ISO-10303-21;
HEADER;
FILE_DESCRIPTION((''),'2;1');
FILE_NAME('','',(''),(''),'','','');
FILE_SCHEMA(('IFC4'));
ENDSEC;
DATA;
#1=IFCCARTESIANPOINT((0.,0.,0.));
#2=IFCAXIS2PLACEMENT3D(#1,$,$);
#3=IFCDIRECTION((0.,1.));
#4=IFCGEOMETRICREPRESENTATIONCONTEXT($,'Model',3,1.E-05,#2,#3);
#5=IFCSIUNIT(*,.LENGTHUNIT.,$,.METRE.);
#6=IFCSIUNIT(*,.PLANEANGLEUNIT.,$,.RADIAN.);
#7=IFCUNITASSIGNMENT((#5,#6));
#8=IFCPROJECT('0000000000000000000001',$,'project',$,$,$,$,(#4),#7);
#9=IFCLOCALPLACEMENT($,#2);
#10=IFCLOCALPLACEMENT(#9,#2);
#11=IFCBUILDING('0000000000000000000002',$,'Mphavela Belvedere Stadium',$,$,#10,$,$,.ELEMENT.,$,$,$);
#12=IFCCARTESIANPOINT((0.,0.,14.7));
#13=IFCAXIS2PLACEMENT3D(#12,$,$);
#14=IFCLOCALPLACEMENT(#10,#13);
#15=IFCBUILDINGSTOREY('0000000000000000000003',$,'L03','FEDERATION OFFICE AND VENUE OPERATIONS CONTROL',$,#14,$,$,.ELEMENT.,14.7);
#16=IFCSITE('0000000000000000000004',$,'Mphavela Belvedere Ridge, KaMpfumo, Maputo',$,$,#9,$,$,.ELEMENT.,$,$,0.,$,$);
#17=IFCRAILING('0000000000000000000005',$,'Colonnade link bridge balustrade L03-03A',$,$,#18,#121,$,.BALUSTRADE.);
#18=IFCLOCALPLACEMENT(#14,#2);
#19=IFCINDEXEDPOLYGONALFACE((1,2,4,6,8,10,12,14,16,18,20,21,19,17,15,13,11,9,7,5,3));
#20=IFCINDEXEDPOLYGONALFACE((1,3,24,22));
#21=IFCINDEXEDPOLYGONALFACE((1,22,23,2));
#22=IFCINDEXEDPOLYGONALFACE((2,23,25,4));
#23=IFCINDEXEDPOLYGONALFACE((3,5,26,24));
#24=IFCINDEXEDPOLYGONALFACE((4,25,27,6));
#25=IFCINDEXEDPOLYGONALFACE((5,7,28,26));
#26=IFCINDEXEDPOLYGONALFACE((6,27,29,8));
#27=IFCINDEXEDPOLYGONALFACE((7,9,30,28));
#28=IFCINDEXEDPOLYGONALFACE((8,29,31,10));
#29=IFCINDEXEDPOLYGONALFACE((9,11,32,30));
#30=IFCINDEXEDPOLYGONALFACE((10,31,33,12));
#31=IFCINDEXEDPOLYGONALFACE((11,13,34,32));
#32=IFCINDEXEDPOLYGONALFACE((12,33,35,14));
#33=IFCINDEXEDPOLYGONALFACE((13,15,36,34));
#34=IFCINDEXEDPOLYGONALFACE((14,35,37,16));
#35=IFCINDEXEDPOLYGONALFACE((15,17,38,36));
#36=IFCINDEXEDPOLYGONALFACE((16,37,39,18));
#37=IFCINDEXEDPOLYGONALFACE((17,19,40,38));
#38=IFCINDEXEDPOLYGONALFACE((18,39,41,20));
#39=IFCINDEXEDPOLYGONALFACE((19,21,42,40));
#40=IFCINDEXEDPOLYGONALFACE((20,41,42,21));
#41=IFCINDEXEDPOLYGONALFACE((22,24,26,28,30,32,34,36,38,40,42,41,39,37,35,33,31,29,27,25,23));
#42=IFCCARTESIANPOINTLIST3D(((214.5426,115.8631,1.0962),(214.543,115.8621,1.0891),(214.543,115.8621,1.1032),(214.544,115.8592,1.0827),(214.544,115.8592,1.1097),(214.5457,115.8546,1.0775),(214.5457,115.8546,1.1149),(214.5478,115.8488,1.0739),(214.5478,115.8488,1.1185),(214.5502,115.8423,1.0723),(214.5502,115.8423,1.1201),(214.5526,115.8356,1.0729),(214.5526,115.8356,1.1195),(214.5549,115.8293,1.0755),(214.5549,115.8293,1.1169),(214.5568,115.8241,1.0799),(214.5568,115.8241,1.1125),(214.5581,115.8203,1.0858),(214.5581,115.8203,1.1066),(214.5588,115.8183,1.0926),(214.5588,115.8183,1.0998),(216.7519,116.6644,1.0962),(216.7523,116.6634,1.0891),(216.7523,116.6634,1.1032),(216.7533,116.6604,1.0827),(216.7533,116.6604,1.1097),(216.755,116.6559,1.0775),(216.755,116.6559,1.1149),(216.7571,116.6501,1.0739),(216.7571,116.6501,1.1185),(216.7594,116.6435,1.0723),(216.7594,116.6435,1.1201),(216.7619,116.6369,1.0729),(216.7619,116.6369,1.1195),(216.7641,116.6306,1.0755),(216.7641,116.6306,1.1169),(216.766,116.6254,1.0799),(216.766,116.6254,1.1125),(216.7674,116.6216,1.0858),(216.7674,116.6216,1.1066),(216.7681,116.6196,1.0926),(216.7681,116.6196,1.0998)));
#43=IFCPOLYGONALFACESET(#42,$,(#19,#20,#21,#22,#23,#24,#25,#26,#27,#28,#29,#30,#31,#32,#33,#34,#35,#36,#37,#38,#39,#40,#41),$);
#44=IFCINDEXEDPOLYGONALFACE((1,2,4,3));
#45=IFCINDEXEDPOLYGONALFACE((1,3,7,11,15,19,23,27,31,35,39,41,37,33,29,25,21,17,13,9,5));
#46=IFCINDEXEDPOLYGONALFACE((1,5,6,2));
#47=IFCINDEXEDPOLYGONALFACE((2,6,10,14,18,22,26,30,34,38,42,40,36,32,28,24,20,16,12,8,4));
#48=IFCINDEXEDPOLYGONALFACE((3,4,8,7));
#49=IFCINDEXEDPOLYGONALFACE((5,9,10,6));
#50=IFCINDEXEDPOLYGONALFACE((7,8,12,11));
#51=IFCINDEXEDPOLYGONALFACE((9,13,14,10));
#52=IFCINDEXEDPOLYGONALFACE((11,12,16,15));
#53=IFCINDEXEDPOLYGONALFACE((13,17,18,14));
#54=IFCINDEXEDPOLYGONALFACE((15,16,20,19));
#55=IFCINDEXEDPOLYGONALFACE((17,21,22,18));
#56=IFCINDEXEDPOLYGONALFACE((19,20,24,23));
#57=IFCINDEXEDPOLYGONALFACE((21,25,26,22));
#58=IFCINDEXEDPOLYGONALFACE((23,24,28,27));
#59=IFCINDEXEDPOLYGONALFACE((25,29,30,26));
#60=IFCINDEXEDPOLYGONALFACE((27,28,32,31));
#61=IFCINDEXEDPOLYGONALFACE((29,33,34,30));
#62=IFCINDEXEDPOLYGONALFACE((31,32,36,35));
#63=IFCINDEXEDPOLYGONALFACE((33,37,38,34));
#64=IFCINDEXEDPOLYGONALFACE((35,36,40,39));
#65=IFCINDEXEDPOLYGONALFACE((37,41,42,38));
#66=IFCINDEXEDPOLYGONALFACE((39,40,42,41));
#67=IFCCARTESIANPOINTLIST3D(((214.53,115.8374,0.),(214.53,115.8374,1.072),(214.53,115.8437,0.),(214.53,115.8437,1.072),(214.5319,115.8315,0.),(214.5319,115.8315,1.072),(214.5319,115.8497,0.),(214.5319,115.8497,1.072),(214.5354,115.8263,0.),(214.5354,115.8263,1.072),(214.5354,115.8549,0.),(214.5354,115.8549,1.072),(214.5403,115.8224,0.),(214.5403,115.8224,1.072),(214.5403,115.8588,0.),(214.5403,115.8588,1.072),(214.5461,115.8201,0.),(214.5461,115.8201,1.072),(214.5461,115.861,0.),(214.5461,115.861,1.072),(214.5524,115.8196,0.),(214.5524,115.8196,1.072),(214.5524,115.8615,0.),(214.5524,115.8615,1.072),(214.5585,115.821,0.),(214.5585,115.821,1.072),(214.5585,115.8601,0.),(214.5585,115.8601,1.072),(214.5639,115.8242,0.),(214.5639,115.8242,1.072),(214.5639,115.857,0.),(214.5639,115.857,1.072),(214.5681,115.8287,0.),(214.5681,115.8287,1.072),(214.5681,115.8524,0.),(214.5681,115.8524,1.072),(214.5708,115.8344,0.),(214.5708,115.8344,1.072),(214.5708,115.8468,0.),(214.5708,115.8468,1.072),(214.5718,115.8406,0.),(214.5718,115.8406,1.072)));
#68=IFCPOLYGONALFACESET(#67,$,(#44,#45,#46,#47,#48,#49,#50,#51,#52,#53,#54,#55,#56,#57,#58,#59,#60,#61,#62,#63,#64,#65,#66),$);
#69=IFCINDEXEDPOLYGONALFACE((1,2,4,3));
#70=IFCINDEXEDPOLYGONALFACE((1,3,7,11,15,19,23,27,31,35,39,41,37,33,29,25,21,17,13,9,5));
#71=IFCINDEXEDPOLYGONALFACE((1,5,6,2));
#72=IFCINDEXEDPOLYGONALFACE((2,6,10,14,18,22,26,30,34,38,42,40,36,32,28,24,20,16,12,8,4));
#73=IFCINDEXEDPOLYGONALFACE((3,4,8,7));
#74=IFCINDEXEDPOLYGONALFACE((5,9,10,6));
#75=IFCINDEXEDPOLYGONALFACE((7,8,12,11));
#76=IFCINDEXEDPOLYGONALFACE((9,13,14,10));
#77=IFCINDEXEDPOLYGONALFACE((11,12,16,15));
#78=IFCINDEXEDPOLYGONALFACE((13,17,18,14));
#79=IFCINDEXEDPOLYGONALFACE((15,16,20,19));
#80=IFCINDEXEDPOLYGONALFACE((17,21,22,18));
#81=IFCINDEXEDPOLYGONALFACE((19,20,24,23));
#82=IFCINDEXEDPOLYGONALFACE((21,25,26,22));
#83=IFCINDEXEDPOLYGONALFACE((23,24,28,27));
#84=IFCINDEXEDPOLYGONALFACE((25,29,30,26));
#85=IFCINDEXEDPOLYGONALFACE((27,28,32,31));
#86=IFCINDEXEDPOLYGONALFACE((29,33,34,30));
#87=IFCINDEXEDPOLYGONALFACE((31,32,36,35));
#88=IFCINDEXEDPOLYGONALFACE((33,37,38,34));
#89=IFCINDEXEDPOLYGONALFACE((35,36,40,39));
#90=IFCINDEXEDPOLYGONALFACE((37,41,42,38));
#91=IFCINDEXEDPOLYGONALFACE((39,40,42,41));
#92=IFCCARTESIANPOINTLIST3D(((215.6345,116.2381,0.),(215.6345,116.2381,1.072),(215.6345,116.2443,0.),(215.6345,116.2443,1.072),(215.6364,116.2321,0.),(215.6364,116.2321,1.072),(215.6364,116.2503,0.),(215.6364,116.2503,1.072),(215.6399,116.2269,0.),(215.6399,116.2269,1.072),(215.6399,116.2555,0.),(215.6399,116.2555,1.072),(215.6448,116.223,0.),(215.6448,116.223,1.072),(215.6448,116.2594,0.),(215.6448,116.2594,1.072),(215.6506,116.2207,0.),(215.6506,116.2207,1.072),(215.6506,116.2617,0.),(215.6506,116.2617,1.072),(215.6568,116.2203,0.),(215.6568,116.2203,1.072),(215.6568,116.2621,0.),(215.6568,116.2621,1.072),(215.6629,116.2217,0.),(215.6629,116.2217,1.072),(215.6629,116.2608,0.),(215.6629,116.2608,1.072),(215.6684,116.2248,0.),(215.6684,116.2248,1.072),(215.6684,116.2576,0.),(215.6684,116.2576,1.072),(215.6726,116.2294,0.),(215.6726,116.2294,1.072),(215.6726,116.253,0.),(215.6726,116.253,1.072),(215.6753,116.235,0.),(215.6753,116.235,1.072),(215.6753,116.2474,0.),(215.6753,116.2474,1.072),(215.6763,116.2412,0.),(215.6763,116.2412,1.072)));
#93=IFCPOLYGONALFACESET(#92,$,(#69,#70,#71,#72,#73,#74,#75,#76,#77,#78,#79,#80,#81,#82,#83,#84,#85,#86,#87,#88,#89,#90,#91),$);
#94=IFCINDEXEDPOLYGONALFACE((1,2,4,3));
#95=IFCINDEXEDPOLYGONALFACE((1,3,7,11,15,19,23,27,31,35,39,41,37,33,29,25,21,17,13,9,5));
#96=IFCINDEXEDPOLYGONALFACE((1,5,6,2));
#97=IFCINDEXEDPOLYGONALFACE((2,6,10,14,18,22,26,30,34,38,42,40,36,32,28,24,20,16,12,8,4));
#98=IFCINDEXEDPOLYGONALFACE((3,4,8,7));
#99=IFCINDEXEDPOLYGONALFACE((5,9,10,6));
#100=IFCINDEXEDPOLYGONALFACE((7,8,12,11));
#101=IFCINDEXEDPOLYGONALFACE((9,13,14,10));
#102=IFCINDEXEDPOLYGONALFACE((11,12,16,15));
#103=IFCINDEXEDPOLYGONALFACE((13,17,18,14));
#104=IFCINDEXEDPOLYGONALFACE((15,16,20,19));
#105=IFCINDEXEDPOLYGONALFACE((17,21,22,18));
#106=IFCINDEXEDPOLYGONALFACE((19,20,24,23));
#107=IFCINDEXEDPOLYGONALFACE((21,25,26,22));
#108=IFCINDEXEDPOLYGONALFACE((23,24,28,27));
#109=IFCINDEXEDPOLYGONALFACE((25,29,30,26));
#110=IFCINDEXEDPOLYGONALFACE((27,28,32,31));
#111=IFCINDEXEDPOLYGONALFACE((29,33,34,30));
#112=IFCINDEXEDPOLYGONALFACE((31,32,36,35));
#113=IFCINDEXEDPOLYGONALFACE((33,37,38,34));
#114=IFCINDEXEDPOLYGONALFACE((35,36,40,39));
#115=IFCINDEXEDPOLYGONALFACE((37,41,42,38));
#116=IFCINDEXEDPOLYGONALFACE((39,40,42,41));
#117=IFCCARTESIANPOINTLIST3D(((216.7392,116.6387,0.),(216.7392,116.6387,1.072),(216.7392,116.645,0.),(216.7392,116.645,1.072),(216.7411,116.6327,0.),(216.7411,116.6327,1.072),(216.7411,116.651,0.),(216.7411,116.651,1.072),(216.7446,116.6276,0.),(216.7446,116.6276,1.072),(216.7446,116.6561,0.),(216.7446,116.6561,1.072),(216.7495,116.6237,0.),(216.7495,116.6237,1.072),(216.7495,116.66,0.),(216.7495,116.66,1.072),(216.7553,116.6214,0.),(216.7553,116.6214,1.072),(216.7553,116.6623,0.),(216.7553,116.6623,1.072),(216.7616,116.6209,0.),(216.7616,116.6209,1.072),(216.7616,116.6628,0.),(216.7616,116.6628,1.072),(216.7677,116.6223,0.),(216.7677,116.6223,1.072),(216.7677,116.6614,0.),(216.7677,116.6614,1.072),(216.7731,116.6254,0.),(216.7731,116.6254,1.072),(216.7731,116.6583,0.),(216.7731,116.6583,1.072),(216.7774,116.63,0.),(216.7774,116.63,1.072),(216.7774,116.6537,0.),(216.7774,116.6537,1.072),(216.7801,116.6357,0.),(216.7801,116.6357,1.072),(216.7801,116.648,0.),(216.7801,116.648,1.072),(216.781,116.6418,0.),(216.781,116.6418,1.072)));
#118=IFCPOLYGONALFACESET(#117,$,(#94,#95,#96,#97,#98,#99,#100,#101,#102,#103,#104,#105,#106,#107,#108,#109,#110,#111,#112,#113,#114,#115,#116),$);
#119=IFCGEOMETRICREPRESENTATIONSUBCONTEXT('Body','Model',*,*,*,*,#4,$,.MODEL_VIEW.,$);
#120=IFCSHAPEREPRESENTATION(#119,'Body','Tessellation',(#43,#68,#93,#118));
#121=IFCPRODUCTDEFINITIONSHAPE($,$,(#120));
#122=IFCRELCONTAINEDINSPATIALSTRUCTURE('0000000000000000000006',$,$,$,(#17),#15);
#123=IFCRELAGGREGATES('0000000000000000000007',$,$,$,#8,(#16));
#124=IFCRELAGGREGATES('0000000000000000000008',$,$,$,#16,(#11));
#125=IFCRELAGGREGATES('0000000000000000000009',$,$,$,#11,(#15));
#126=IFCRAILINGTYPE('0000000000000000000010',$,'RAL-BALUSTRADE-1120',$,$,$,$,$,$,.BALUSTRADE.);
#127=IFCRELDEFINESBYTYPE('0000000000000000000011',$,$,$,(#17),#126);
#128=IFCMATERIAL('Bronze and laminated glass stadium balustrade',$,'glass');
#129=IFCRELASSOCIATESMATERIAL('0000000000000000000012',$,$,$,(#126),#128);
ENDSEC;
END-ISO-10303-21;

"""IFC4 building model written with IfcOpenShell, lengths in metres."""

from ifc_helpers import new_model, si_unit, direction, frame, origin, origin_2d, place, context, subcontext, project, spatial, circle, extrude, material, type_object, element, save


model = new_model("IFC4")

# Units and contexts
model_context = context("Model", 3, precision=1e-05, world=origin(), true_north=direction((0.0, 1.0)))
body_context = subcontext(model_context, "Body", "Model", "MODEL_VIEW")
ifc_project = project(units=[si_unit("LENGTHUNIT", "METRE"), si_unit("PLANEANGLEUNIT", "RADIAN")], contexts=[model_context])

# Site, building, storey
site_placement = place(None, origin())
site = spatial("IfcSite", under=ifc_project, at=site_placement, Name="Mphavela Belvedere Ridge, KaMpfumo, Maputo", CompositionType="ELEMENT", RefElevation=0.0)
building_placement = place(site_placement, origin())
building = spatial("IfcBuilding", under=site, at=building_placement, Name="Mphavela Belvedere Stadium", CompositionType="ELEMENT")
storey_placement = place(building_placement, frame((0.0, 0.0, 14.7)))
storey = spatial("IfcBuildingStorey", under=building, at=storey_placement, Name="L03", Description="FEDERATION OFFICE AND VENUE OPERATIONS CONTROL", CompositionType="ELEMENT", Elevation=14.7)

# Railing
ifc_material_1 = material(Name="Bronze and laminated glass stadium balustrade", Category="glass")
railing_type = type_object("IfcRailingType", Name="RAL-BALUSTRADE-1120", PredefinedType="BALUSTRADE", material=ifc_material_1)
railing_1_placement = place(storey_placement, frame((214.5508, 115.8406, 0.0)))
element("IfcRailing", 1, at=railing_1_placement, inside=storey, type_object=railing_type, Name="Colonnade link bridge balustrade L03-03A", PredefinedType="BALUSTRADE", context=body_context, shape_type="SweptSolid", body=[
    extrude(circle(Radius=0.0239, at=origin_2d()), frame((0.0, 0.0, 1.0962), z_axis=(0.940078, 0.340959, 0.0), x_axis=(-0.340959, 0.940078, 0.0)), (0.0, 0.0, 1.0), 2.3501),
    extrude(circle(Radius=0.021, at=origin_2d()), origin(), (0.0, 0.0, 1.0), 1.072),
    extrude(circle(Radius=0.021, at=origin_2d()), frame((1.1045, 0.4006, 0.0)), (0.0, 0.0, 1.0), 1.072),
    extrude(circle(Radius=0.021, at=origin_2d()), frame((2.2092, 0.8013, 0.0)), (0.0, 0.0, 1.0), 1.072),
])

save(model, "model.ifc")
